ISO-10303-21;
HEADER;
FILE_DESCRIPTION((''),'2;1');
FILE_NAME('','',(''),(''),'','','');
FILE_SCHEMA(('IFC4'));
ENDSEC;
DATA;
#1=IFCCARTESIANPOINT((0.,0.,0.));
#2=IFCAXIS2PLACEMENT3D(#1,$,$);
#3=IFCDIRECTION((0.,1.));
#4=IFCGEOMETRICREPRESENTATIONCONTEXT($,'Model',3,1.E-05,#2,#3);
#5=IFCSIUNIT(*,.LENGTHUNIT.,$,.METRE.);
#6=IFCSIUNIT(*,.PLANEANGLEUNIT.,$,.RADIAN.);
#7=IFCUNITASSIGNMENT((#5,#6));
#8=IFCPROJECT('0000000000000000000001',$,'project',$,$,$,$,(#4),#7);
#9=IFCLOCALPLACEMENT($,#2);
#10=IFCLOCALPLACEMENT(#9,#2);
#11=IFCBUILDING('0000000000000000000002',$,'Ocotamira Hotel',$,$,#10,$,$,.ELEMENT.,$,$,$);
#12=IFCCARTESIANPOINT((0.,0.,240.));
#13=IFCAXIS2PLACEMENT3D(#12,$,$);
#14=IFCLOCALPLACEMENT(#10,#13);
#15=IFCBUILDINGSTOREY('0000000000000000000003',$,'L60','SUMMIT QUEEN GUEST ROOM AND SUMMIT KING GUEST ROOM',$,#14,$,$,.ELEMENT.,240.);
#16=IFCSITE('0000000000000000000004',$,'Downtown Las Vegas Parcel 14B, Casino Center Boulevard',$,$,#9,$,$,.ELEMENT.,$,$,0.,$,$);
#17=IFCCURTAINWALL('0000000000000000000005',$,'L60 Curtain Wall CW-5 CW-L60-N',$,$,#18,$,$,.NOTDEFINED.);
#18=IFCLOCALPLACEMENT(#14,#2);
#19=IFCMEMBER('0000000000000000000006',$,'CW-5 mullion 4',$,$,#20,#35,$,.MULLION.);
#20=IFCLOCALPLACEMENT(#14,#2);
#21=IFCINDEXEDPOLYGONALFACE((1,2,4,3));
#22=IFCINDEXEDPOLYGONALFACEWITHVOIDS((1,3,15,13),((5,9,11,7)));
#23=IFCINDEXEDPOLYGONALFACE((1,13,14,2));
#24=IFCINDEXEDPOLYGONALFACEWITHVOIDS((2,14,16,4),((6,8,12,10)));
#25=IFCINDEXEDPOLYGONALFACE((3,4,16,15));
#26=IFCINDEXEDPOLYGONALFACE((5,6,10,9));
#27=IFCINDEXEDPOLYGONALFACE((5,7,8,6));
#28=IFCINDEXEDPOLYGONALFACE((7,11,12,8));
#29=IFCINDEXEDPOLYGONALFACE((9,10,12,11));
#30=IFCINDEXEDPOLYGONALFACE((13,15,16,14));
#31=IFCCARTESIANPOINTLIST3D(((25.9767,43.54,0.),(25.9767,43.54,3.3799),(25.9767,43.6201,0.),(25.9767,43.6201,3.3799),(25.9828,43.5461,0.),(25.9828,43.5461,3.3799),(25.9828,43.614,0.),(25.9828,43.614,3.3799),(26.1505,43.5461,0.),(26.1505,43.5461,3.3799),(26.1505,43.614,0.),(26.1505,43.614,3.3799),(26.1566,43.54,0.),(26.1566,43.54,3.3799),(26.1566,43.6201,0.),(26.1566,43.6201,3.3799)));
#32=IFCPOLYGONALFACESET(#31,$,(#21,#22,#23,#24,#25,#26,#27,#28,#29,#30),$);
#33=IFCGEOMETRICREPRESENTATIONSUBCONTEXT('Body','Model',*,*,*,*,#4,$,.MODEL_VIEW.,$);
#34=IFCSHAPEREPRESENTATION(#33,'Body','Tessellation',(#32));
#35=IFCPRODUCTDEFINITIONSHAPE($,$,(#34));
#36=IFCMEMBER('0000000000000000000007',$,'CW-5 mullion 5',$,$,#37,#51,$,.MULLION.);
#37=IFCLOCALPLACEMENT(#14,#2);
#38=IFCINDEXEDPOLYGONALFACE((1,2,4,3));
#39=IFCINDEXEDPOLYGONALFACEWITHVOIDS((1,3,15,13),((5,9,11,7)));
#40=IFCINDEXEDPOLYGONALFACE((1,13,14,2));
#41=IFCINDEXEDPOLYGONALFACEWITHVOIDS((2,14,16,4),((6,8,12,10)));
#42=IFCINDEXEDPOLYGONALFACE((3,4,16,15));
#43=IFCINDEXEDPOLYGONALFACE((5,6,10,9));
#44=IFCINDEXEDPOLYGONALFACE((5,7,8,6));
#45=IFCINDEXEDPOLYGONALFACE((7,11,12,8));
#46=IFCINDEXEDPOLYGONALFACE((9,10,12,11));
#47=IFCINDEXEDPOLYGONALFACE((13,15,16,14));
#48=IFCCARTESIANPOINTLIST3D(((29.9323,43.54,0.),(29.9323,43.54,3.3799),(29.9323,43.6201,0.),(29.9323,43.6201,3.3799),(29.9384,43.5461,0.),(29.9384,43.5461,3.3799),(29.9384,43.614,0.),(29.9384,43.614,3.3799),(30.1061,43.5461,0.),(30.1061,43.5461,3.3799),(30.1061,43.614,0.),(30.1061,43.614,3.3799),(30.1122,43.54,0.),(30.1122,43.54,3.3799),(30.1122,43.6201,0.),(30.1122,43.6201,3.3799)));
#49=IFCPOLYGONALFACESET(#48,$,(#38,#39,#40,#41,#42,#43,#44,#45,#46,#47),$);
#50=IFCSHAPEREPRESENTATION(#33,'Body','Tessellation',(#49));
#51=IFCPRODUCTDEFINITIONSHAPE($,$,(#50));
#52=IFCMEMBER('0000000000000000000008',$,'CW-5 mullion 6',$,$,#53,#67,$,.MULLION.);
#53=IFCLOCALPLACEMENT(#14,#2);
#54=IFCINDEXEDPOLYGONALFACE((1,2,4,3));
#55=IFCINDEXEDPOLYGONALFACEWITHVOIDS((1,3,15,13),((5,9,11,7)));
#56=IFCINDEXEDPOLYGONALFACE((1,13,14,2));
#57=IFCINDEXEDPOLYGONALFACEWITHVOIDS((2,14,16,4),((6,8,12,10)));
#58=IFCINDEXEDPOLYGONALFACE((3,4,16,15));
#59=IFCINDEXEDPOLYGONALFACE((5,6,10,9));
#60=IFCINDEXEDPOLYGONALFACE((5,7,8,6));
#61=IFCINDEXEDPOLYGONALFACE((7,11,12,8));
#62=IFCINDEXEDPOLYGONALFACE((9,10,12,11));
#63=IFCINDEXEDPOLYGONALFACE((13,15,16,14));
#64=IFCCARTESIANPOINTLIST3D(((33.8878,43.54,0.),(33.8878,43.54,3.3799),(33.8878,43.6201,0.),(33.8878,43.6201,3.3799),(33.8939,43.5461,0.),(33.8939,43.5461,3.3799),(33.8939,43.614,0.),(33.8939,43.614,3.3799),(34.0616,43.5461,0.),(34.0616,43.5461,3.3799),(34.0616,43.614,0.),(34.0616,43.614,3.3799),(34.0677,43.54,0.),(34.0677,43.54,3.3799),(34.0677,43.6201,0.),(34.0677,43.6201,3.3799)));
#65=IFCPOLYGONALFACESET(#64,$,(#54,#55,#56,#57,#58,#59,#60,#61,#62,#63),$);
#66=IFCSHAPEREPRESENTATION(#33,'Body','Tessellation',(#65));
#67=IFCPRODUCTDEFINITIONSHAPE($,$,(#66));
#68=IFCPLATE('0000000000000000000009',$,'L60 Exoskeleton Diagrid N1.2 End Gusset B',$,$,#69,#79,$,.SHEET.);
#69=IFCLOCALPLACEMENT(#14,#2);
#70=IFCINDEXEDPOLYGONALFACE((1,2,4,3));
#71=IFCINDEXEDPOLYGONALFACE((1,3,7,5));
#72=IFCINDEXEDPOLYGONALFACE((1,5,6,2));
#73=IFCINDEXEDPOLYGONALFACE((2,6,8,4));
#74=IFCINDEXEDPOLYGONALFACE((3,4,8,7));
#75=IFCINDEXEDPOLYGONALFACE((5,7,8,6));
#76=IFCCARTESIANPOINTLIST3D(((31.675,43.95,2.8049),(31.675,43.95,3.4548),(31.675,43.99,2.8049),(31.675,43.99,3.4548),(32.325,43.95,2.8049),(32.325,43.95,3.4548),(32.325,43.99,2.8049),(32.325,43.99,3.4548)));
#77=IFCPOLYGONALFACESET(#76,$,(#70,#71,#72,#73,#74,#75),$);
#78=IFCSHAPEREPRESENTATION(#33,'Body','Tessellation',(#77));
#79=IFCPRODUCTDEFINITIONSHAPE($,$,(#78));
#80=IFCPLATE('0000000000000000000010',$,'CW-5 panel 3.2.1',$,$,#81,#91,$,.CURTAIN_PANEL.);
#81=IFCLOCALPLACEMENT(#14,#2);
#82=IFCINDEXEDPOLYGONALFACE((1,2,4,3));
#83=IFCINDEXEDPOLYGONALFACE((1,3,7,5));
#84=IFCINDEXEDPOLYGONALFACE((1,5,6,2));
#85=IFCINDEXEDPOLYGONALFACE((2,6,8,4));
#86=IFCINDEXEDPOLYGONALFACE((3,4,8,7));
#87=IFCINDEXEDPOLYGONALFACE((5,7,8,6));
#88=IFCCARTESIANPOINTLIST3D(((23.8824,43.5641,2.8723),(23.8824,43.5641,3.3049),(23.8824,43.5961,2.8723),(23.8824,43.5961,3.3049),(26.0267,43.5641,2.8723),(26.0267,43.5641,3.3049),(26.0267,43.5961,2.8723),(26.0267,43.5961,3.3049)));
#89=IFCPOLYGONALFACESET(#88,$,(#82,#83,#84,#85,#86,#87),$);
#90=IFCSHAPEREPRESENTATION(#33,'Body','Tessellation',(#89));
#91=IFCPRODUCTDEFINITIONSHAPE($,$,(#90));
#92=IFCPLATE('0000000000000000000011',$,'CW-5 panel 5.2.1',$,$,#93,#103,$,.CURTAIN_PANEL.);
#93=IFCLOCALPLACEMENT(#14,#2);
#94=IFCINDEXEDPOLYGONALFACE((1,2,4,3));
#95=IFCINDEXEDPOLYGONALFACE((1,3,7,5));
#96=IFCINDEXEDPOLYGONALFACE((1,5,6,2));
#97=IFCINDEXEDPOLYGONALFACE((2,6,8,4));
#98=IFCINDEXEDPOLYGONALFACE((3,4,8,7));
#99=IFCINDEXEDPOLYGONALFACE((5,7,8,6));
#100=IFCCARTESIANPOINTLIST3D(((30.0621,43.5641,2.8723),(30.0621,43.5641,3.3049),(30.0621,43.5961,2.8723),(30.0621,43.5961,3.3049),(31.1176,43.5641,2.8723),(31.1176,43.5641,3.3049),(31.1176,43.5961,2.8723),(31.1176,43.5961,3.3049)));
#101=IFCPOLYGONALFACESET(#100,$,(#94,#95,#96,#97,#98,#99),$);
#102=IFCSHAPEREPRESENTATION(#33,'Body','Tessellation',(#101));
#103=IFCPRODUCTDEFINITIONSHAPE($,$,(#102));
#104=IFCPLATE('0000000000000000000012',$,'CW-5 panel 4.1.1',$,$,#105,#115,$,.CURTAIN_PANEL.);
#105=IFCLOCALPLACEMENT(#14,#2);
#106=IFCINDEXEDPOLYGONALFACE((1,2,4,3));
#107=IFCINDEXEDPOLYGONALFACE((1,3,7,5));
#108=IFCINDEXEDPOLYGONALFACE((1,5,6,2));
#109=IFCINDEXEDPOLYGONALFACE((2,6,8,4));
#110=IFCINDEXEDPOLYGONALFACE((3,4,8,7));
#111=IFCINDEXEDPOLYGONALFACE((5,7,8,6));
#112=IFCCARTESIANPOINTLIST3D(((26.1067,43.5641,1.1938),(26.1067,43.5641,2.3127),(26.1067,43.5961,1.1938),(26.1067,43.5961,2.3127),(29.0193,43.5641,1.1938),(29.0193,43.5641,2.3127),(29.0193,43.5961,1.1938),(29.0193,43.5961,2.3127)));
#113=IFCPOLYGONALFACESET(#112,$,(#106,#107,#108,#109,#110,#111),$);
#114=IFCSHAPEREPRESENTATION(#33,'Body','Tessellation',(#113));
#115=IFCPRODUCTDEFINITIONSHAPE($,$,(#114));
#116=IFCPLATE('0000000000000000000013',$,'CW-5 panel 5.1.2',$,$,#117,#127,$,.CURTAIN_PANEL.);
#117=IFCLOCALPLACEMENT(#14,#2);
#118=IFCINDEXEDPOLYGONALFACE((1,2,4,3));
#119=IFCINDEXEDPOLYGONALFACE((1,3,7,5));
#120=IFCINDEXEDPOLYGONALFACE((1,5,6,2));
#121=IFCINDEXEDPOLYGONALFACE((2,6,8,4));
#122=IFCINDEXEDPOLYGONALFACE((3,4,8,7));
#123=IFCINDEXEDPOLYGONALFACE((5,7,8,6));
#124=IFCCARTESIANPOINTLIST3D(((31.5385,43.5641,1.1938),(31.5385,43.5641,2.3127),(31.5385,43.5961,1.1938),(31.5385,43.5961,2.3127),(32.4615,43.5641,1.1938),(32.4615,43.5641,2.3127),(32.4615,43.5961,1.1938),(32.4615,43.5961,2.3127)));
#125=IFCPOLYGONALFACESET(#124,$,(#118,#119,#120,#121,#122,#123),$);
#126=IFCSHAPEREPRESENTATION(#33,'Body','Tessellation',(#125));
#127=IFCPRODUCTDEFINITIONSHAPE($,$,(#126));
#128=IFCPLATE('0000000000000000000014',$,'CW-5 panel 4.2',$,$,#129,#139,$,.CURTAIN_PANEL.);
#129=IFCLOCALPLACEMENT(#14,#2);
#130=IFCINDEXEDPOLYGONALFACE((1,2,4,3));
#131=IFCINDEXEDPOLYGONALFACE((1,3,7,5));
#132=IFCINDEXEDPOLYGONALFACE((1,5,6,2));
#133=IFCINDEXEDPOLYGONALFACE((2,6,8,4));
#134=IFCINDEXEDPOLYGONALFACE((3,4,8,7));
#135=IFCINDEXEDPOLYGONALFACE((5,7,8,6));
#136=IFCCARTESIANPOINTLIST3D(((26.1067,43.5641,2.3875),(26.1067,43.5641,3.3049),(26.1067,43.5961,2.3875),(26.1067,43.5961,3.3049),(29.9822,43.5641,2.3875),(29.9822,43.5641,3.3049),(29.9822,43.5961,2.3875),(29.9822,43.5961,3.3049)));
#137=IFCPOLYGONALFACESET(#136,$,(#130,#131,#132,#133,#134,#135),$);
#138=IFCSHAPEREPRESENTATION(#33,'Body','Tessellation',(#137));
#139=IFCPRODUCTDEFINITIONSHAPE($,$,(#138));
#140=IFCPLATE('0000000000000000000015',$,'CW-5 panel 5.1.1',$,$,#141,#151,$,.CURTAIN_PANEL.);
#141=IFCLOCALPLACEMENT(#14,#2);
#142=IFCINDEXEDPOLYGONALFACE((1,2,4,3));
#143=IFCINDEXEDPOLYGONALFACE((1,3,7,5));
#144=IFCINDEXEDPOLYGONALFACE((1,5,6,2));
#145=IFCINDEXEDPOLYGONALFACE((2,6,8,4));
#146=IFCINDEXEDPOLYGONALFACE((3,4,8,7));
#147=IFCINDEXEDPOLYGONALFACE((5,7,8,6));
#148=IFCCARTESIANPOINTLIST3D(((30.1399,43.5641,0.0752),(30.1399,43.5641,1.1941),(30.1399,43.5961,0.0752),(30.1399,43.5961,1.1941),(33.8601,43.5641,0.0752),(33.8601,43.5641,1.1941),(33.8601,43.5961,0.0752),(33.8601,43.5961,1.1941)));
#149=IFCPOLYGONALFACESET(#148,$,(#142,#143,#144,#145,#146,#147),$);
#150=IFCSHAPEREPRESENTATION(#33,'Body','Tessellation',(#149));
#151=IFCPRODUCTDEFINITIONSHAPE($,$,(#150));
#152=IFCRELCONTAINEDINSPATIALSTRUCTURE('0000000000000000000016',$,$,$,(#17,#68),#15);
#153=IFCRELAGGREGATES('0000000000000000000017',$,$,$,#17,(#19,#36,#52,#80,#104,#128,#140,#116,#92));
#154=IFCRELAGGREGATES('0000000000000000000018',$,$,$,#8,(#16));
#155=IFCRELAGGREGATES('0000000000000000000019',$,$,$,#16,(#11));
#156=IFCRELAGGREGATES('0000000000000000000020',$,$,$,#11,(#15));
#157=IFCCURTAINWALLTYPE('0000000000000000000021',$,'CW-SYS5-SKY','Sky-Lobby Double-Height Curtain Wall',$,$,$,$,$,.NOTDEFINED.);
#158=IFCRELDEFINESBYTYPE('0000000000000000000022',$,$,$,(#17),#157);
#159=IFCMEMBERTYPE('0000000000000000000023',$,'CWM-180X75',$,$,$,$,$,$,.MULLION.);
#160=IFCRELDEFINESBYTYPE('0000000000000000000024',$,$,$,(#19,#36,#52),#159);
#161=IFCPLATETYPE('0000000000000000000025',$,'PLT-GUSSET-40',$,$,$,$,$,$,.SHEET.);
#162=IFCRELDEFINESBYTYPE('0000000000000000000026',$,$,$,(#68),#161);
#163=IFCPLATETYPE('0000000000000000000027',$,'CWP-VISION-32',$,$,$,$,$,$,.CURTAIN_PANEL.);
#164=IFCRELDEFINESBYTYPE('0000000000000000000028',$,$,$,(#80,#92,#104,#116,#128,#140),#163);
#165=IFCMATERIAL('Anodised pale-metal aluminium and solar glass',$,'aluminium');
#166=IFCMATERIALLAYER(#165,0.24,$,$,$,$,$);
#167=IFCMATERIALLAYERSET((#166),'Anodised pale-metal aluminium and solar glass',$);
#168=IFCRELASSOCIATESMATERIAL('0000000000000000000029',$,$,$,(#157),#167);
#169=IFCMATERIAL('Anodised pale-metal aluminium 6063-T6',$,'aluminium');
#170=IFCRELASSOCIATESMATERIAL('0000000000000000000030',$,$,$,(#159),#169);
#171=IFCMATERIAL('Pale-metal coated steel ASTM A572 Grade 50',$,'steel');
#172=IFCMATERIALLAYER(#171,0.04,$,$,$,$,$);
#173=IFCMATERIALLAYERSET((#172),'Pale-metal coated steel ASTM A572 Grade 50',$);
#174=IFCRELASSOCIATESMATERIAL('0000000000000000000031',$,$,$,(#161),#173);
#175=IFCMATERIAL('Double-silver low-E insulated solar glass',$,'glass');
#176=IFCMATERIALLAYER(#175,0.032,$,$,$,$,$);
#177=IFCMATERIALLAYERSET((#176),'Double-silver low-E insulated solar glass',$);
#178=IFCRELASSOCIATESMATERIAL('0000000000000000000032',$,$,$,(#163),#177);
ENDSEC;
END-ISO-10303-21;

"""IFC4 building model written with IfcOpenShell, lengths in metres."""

from ifc_helpers import new_model, si_unit, direction, frame, origin, origin_2d, place, context, subcontext, project, spatial, rectangle, hollow_rectangle, extrude, source, transform, mapped, material, layer, layer_set, material_profile, profile_set, type_object, element, aggregate, save


model = new_model("IFC4")

# Units and contexts
model_context = context("Model", 3, precision=1e-05, world=origin(), true_north=direction((0.0, 1.0)))
body_context = subcontext(model_context, "Body", "Model", "MODEL_VIEW")
ifc_project = project(units=[si_unit("LENGTHUNIT", "METRE"), si_unit("PLANEANGLEUNIT", "RADIAN")], contexts=[model_context])

# Site, building, storey
site_placement = place(None, origin())
site = spatial("IfcSite", under=ifc_project, at=site_placement, Name="Downtown Las Vegas Parcel 14B, Casino Center Boulevard", CompositionType="ELEMENT", RefElevation=0.0)
building_placement = place(site_placement, origin())
building = spatial("IfcBuilding", under=site, at=building_placement, Name="Ocotamira Hotel", CompositionType="ELEMENT")
storey_placement = place(building_placement, frame((0.0, 0.0, 240.0)))
storey = spatial("IfcBuildingStorey", under=building, at=storey_placement, Name="L60", Description="SUMMIT QUEEN GUEST ROOM AND SUMMIT KING GUEST ROOM", CompositionType="ELEMENT", Elevation=240.0)

# Curtain wall, members
ifc_material_1 = material(Name="Anodised pale-metal aluminium and solar glass", Category="aluminium")
ifc_layer_1 = layer(ifc_material_1, 0.24)
ifc_layer_set_1 = layer_set([ifc_layer_1], Name="Anodised pale-metal aluminium and solar glass")
curtain_wall_type = type_object("IfcCurtainWallType", Name="CW-SYS5-SKY", Description="Sky-Lobby Double-Height Curtain Wall", PredefinedType="NOTDEFINED", material=ifc_layer_set_1)
curtain_wall_placement = place(storey_placement, origin())
curtain_wall = element("IfcCurtainWall", 1, at=curtain_wall_placement, inside=storey, type_object=curtain_wall_type, Name="L60 Curtain Wall CW-5 CW-L60-N", PredefinedType="NOTDEFINED")
ifc_material_2 = material(Name="Anodised pale-metal aluminium 6063-T6", Category="aluminium")
ifc_material_profile_1 = material_profile(ifc_material_2, hollow_rectangle(XDim=0.0801, YDim=0.1799, WallThickness=0.0061, at=origin_2d()), Name="HSS180X80X6")
ifc_profile_set_1 = profile_set([ifc_material_profile_1], Name="Anodised pale-metal aluminium 6063-T6")
member_type_1 = type_object("IfcMemberType", Name="CWM-180X75", PredefinedType="MULLION", material=ifc_profile_set_1)
shared_shape_1 = source(origin(), body_context, "Body", "SweptSolid", [
    extrude(hollow_rectangle(XDim=0.0801, YDim=0.1799, WallThickness=0.0061, at=origin_2d()), origin(), (0.0, 0.0, 1.0), 3.3799),
])
member_1_placement = place(storey_placement, frame((26.0667, 43.5801, 0.0), z_axis=(0.0, 0.0, 1.0), x_axis=(0.0, 1.0, 0.0)))
member_1 = element("IfcMember", 2, at=member_1_placement, type_object=member_type_1, Name="CW-5 mullion 4", PredefinedType="MULLION", context=body_context, shape_type="MappedRepresentation", body=[
    mapped(shared_shape_1, transform((0.0, 0.0, 0.0), scale=1.0)),
])
member_2_placement = place(storey_placement, frame((30.0222, 43.5801, 0.0), z_axis=(0.0, 0.0, 1.0), x_axis=(0.0, 1.0, 0.0)))
member_2 = element("IfcMember", 3, at=member_2_placement, type_object=member_type_1, Name="CW-5 mullion 5", PredefinedType="MULLION", context=body_context, shape_type="MappedRepresentation", body=[
    mapped(shared_shape_1, transform((0.0, 0.0, 0.0), scale=1.0)),
])
member_3_placement = place(storey_placement, frame((33.9778, 43.5801, 0.0), z_axis=(0.0, 0.0, 1.0), x_axis=(0.0, 1.0, 0.0)))
member_3 = element("IfcMember", 4, at=member_3_placement, type_object=member_type_1, Name="CW-5 mullion 6", PredefinedType="MULLION", context=body_context, shape_type="MappedRepresentation", body=[
    mapped(shared_shape_1, transform((0.0, 0.0, 0.0), scale=1.0)),
])

# Plates
ifc_material_3 = material(Name="Pale-metal coated steel ASTM A572 Grade 50", Category="steel")
ifc_layer_2 = layer(ifc_material_3, 0.04)
ifc_layer_set_2 = layer_set([ifc_layer_2], Name="Pale-metal coated steel ASTM A572 Grade 50")
plate_type_1 = type_object("IfcPlateType", Name="PLT-GUSSET-40", PredefinedType="SHEET", material=ifc_layer_set_2)
shared_shape_2 = source(origin(), body_context, "Body", "SweptSolid", [
    extrude(rectangle(XDim=0.6499, YDim=0.04, at=origin_2d()), origin(), (0.0, 0.0, 1.0), 0.6499),
])
plate_1_placement = place(storey_placement, frame((32.0, 43.97, 2.8049), z_axis=(0.0, 0.0, 1.0), x_axis=(1.0, 0.0, 0.0)))
element("IfcPlate", 5, at=plate_1_placement, inside=storey, type_object=plate_type_1, Name="L60 Exoskeleton Diagrid N1.2 End Gusset B", PredefinedType="SHEET", context=body_context, shape_type="MappedRepresentation", body=[
    mapped(shared_shape_2, transform((0.0, 0.0, 0.0), scale=1.0)),
])
ifc_material_4 = material(Name="Double-silver low-E insulated solar glass", Category="glass")
ifc_layer_3 = layer(ifc_material_4, 0.032)
ifc_layer_set_3 = layer_set([ifc_layer_3], Name="Double-silver low-E insulated solar glass")
plate_type_2 = type_object("IfcPlateType", Name="CWP-VISION-32", PredefinedType="CURTAIN_PANEL", material=ifc_layer_set_3)
shared_shape_3 = source(origin(), body_context, "Body", "SweptSolid", [
    extrude(rectangle(XDim=2.1443, YDim=0.032, at=origin_2d()), origin(), (0.0, 0.0, 1.0), 0.4326),
])
plate_2_placement = place(storey_placement, frame((24.9546, 43.5801, 2.8723), z_axis=(0.0, 0.0, 1.0), x_axis=(1.0, 0.0, 0.0)))
plate_2 = element("IfcPlate", 6, at=plate_2_placement, type_object=plate_type_2, Name="CW-5 panel 3.2.1", PredefinedType="CURTAIN_PANEL", context=body_context, shape_type="MappedRepresentation", body=[
    mapped(shared_shape_3, transform((0.0, 0.0, 0.0), scale=1.0)),
])
shared_shape_4 = source(origin(), body_context, "Body", "SweptSolid", [
    extrude(rectangle(XDim=1.0554, YDim=0.032, at=origin_2d()), origin(), (0.0, 0.0, 1.0), 0.4326),
])
plate_3_placement = place(storey_placement, frame((30.5898, 43.5801, 2.8723), z_axis=(0.0, 0.0, 1.0), x_axis=(1.0, 0.0, 0.0)))
plate_3 = element("IfcPlate", 7, at=plate_3_placement, type_object=plate_type_2, Name="CW-5 panel 5.2.1", PredefinedType="CURTAIN_PANEL", context=body_context, shape_type="MappedRepresentation", body=[
    mapped(shared_shape_4, transform((0.0, 0.0, 0.0), scale=1.0)),
])
shared_shape_5 = source(origin(), body_context, "Body", "SweptSolid", [
    extrude(rectangle(XDim=2.9126, YDim=0.032, at=origin_2d()), origin(), (0.0, 0.0, 1.0), 1.1189),
])
plate_4_placement = place(storey_placement, frame((27.563, 43.5801, 1.1938), z_axis=(0.0, 0.0, 1.0), x_axis=(1.0, 0.0, 0.0)))
plate_4 = element("IfcPlate", 8, at=plate_4_placement, type_object=plate_type_2, Name="CW-5 panel 4.1.1", PredefinedType="CURTAIN_PANEL", context=body_context, shape_type="MappedRepresentation", body=[
    mapped(shared_shape_5, transform((0.0, 0.0, 0.0), scale=1.0)),
])
shared_shape_6 = source(origin(), body_context, "Body", "SweptSolid", [
    extrude(rectangle(XDim=0.9231, YDim=0.032, at=origin_2d()), origin(), (0.0, 0.0, 1.0), 1.1189),
])
plate_5_placement = place(storey_placement, frame((32.0, 43.5801, 1.1938), z_axis=(0.0, 0.0, 1.0), x_axis=(1.0, 0.0, 0.0)))
plate_5 = element("IfcPlate", 9, at=plate_5_placement, type_object=plate_type_2, Name="CW-5 panel 5.1.2", PredefinedType="CURTAIN_PANEL", context=body_context, shape_type="MappedRepresentation", body=[
    mapped(shared_shape_6, transform((0.0, 0.0, 0.0), scale=1.0)),
])
shared_shape_7 = source(origin(), body_context, "Body", "SweptSolid", [
    extrude(rectangle(XDim=3.8755, YDim=0.032, at=origin_2d()), origin(), (0.0, 0.0, 1.0), 0.9175),
])
plate_6_placement = place(storey_placement, frame((28.0444, 43.5801, 2.3875), z_axis=(0.0, 0.0, 1.0), x_axis=(1.0, 0.0, 0.0)))
plate_6 = element("IfcPlate", 10, at=plate_6_placement, type_object=plate_type_2, Name="CW-5 panel 4.2", PredefinedType="CURTAIN_PANEL", context=body_context, shape_type="MappedRepresentation", body=[
    mapped(shared_shape_7, transform((0.0, 0.0, 0.0), scale=1.0)),
])
shared_shape_8 = source(origin(), body_context, "Body", "SweptSolid", [
    extrude(rectangle(XDim=3.7202, YDim=0.032, at=origin_2d()), origin(), (0.0, 0.0, 1.0), 1.1189),
])
plate_7_placement = place(storey_placement, frame((32.0, 43.5801, 0.0752), z_axis=(0.0, 0.0, 1.0), x_axis=(1.0, 0.0, 0.0)))
plate_7 = element("IfcPlate", 11, at=plate_7_placement, type_object=plate_type_2, Name="CW-5 panel 5.1.1", PredefinedType="CURTAIN_PANEL", context=body_context, shape_type="MappedRepresentation", body=[
    mapped(shared_shape_8, transform((0.0, 0.0, 0.0), scale=1.0)),
])
aggregate(curtain_wall, [member_1, member_2, member_3, plate_2, plate_4, plate_6, plate_7, plate_5, plate_3])

save(model, "model.ifc")
